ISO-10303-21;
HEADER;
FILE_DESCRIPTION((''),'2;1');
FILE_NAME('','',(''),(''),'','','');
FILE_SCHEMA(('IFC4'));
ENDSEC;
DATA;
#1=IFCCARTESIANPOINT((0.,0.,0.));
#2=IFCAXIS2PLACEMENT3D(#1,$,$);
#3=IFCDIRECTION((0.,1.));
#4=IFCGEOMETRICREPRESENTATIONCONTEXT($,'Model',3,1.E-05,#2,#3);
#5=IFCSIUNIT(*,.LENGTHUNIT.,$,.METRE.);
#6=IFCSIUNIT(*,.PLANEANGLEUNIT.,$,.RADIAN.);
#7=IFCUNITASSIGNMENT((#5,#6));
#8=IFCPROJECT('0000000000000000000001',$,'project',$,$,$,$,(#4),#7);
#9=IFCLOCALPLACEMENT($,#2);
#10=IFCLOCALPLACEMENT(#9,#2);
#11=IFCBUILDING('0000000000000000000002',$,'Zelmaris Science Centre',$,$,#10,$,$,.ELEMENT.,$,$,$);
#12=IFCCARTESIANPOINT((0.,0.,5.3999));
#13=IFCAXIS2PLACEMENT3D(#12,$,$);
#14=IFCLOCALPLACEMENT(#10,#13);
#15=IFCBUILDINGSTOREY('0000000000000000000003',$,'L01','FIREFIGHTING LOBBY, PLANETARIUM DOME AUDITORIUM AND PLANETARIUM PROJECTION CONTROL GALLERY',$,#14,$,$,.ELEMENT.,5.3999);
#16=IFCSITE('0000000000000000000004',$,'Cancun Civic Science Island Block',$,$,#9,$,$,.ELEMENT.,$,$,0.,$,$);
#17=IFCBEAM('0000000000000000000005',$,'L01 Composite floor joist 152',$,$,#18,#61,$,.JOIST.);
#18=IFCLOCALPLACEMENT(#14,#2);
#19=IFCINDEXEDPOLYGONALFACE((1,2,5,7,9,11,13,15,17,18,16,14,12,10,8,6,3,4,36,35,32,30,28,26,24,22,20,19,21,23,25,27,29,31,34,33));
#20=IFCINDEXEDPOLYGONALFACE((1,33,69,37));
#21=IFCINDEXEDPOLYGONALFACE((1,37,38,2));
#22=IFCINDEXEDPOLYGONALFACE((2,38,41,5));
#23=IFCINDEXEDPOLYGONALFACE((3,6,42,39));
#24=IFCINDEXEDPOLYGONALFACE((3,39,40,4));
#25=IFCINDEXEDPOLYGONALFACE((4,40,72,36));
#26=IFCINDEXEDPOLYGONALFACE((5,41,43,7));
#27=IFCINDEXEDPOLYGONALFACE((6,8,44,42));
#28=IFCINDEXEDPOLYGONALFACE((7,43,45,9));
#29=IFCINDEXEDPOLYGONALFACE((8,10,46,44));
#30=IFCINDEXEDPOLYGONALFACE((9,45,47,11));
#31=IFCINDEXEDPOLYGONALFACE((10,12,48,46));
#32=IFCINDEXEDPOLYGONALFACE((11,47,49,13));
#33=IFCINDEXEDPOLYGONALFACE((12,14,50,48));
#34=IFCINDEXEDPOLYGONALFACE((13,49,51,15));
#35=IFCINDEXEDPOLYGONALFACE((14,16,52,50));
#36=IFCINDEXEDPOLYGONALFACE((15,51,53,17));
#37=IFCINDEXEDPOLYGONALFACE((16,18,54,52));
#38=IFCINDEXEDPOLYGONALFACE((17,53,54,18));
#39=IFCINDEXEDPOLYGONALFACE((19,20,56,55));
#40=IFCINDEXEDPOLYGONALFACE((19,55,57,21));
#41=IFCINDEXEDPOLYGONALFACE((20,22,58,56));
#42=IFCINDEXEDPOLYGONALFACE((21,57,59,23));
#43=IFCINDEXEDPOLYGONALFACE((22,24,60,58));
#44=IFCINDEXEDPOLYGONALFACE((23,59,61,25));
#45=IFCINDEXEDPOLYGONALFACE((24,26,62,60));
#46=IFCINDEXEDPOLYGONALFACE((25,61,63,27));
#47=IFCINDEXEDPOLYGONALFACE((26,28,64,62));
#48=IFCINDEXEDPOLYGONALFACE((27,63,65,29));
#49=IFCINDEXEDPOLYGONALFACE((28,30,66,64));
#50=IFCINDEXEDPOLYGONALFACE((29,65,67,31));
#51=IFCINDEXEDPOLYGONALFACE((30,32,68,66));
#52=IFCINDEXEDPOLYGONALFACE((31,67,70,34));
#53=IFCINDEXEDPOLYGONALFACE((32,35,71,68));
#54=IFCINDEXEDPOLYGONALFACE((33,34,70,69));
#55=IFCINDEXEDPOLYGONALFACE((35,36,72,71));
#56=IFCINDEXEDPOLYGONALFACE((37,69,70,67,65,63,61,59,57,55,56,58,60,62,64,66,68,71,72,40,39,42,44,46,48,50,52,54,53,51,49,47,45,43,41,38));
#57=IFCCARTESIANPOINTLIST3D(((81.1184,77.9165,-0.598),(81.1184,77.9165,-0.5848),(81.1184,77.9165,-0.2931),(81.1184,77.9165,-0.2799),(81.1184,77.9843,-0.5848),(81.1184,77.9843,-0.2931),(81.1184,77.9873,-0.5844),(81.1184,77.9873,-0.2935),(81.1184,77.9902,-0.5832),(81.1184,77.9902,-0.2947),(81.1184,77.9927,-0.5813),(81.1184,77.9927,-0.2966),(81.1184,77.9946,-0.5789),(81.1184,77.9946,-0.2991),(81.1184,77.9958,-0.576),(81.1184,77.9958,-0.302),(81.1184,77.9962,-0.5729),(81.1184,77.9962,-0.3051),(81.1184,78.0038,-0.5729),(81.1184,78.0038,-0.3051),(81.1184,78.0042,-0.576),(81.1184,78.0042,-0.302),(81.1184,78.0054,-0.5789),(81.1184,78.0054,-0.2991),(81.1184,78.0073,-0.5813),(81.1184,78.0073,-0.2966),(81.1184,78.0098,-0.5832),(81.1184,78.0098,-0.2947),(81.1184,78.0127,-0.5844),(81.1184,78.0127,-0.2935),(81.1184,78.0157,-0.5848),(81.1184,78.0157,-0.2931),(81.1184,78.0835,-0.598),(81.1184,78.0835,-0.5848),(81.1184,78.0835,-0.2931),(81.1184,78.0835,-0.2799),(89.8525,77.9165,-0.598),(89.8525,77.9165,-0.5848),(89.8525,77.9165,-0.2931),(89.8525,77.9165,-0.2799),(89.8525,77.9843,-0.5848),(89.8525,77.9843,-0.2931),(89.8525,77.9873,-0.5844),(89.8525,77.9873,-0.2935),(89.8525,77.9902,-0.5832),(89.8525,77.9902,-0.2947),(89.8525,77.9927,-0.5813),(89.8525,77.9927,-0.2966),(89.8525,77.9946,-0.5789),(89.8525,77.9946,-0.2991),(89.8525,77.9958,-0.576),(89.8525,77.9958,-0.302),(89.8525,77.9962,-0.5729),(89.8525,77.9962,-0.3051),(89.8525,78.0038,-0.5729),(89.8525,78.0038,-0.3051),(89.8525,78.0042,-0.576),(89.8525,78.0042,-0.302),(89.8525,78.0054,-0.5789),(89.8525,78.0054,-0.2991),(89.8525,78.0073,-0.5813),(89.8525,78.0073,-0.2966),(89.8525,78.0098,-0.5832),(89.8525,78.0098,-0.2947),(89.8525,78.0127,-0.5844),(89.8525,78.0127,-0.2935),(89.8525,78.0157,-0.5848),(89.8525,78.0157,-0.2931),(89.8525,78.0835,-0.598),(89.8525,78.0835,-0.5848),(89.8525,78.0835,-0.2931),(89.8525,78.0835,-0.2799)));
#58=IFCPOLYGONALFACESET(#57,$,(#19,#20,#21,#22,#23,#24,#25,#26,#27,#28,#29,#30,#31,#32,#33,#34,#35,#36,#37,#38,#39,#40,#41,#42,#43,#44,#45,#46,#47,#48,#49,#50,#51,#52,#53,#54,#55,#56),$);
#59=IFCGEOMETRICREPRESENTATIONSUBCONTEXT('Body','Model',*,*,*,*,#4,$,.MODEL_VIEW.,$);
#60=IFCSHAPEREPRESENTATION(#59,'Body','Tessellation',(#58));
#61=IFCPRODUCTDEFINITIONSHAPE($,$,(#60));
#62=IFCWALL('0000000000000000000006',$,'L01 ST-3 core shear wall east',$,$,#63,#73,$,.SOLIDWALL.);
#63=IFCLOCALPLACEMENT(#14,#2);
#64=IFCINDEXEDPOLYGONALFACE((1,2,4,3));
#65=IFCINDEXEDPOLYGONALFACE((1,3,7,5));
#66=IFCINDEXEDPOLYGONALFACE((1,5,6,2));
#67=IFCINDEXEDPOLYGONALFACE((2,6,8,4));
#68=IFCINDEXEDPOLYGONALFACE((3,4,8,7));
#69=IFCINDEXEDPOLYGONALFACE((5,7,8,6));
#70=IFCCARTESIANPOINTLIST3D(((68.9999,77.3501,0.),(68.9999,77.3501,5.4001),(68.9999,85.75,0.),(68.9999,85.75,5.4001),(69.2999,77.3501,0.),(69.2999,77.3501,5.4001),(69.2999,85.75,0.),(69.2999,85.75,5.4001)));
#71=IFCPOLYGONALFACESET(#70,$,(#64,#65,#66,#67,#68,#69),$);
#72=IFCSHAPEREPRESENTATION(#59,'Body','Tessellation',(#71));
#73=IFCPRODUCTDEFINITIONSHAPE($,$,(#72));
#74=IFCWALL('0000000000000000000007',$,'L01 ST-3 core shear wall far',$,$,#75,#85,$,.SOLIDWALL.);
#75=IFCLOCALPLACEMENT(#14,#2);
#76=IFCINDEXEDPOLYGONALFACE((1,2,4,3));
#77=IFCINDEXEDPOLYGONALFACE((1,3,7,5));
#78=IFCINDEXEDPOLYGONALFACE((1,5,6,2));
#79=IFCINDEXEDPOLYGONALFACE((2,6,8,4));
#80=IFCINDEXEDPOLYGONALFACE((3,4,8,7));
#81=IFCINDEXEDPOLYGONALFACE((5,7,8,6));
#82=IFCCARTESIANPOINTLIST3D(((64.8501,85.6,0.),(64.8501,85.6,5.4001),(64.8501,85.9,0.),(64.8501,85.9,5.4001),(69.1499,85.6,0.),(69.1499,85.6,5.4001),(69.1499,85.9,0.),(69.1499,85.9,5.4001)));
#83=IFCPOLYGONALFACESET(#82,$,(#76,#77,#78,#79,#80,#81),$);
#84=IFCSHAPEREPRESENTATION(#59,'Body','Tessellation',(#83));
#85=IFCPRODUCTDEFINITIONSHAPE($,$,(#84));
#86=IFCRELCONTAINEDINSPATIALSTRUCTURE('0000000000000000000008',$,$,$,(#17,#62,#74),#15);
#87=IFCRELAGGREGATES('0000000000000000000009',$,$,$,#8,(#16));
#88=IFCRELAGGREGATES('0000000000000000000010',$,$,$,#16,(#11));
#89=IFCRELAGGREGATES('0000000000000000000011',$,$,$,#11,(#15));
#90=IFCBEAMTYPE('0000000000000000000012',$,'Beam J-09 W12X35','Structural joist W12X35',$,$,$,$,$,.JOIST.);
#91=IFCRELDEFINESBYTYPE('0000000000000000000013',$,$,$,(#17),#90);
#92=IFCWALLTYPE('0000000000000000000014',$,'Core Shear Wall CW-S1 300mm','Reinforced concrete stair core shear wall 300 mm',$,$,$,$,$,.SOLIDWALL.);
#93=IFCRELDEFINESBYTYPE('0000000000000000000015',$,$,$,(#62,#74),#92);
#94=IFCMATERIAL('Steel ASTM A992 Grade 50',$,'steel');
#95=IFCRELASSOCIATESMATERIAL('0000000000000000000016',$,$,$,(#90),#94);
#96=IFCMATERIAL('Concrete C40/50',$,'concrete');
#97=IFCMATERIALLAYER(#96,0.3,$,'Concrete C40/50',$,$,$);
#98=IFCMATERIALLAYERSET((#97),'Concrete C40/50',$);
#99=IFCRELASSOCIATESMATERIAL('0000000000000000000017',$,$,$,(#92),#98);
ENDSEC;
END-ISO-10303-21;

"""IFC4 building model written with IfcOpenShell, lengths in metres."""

from ifc_helpers import new_model, si_unit, direction, frame, frame_2d, origin, origin_2d, place, context, subcontext, project, spatial, rectangle, i_section, extrude, material, layer, layer_set, material_profile, profile_set, type_object, element, save


model = new_model("IFC4")

# Units and contexts
model_context = context("Model", 3, precision=1e-05, world=origin(), true_north=direction((0.0, 1.0)))
body_context = subcontext(model_context, "Body", "Model", "MODEL_VIEW")
ifc_project = project(units=[si_unit("LENGTHUNIT", "METRE"), si_unit("PLANEANGLEUNIT", "RADIAN")], contexts=[model_context])

# Site, building, storey
site_placement = place(None, origin())
site = spatial("IfcSite", under=ifc_project, at=site_placement, Name="Cancun Civic Science Island Block", CompositionType="ELEMENT", RefElevation=0.0)
building_placement = place(site_placement, origin())
building = spatial("IfcBuilding", under=site, at=building_placement, Name="Zelmaris Science Centre", CompositionType="ELEMENT")
storey_placement = place(building_placement, frame((0.0, 0.0, 5.3999)))
storey = spatial("IfcBuildingStorey", under=building, at=storey_placement, Name="L01", Description="FIREFIGHTING LOBBY, PLANETARIUM DOME AUDITORIUM AND PLANETARIUM PROJECTION CONTROL GALLERY", CompositionType="ELEMENT", Elevation=5.3999)

# Shared definitions
ifc_material_1 = material(Name="Steel ASTM A992 Grade 50", Category="steel")

# Beam
ifc_material_profile_1 = material_profile(ifc_material_1, i_section(OverallWidth=0.167, OverallDepth=0.3181, WebThickness=0.0076, FlangeThickness=0.0132, FilletRadius=0.012, at=origin_2d()), Name="W12X35")
ifc_profile_set_1 = profile_set([ifc_material_profile_1], Name="Steel ASTM A992 Grade 50")
beam_type_1 = type_object("IfcBeamType", Name="Beam J-09 W12X35", Description="Structural joist W12X35", PredefinedType="JOIST", material=ifc_profile_set_1)
beam_1_placement = place(storey_placement, frame((81.1184, 78.0, -0.439), z_axis=(1.0, 0.0, 0.0), x_axis=(0.0, 1.0, 0.0)))
element("IfcBeam", 1, at=beam_1_placement, inside=storey, type_object=beam_type_1, Name="L01 Composite floor joist 152", PredefinedType="JOIST", context=body_context, shape_type="SweptSolid", body=[
    extrude(i_section(OverallWidth=0.167, OverallDepth=0.3181, WebThickness=0.0076, FlangeThickness=0.0132, FilletRadius=0.012, at=origin_2d()), origin(), (0.0, 0.0, 1.0), 8.7341),
])

# Walls
ifc_material_2 = material(Name="Concrete C40/50", Category="concrete")
ifc_layer = layer(ifc_material_2, 0.3, Name="Concrete C40/50")
ifc_layer_set = layer_set([ifc_layer], Name="Concrete C40/50")
wall_type = type_object("IfcWallType", Name="Core Shear Wall CW-S1 300mm", Description="Reinforced concrete stair core shear wall 300 mm", PredefinedType="SOLIDWALL", material=ifc_layer_set)
wall_1_placement = place(storey_placement, frame((69.1499, 77.3501, 0.0), z_axis=(0.0, 0.0, 1.0), x_axis=(0.0, 1.0, 0.0)))
element("IfcWall", 2, at=wall_1_placement, inside=storey, type_object=wall_type, Name="L01 ST-3 core shear wall east", PredefinedType="SOLIDWALL", context=body_context, shape_type="SweptSolid", body=[
    extrude(rectangle(XDim=8.3999, YDim=0.3, at=frame_2d((4.2, 0.0))), origin(), (0.0, 0.0, 1.0), 5.4001),
])
wall_2_placement = place(storey_placement, frame((69.1499, 85.75, 0.0), z_axis=(0.0, 0.0, 1.0), x_axis=(-1.0, 0.0, 0.0)))
element("IfcWall", 3, at=wall_2_placement, inside=storey, type_object=wall_type, Name="L01 ST-3 core shear wall far", PredefinedType="SOLIDWALL", context=body_context, shape_type="SweptSolid", body=[
    extrude(rectangle(XDim=4.2998, YDim=0.3, at=frame_2d((2.1499, 0.0))), origin(), (0.0, 0.0, 1.0), 5.4001),
])

save(model, "model.ifc")
